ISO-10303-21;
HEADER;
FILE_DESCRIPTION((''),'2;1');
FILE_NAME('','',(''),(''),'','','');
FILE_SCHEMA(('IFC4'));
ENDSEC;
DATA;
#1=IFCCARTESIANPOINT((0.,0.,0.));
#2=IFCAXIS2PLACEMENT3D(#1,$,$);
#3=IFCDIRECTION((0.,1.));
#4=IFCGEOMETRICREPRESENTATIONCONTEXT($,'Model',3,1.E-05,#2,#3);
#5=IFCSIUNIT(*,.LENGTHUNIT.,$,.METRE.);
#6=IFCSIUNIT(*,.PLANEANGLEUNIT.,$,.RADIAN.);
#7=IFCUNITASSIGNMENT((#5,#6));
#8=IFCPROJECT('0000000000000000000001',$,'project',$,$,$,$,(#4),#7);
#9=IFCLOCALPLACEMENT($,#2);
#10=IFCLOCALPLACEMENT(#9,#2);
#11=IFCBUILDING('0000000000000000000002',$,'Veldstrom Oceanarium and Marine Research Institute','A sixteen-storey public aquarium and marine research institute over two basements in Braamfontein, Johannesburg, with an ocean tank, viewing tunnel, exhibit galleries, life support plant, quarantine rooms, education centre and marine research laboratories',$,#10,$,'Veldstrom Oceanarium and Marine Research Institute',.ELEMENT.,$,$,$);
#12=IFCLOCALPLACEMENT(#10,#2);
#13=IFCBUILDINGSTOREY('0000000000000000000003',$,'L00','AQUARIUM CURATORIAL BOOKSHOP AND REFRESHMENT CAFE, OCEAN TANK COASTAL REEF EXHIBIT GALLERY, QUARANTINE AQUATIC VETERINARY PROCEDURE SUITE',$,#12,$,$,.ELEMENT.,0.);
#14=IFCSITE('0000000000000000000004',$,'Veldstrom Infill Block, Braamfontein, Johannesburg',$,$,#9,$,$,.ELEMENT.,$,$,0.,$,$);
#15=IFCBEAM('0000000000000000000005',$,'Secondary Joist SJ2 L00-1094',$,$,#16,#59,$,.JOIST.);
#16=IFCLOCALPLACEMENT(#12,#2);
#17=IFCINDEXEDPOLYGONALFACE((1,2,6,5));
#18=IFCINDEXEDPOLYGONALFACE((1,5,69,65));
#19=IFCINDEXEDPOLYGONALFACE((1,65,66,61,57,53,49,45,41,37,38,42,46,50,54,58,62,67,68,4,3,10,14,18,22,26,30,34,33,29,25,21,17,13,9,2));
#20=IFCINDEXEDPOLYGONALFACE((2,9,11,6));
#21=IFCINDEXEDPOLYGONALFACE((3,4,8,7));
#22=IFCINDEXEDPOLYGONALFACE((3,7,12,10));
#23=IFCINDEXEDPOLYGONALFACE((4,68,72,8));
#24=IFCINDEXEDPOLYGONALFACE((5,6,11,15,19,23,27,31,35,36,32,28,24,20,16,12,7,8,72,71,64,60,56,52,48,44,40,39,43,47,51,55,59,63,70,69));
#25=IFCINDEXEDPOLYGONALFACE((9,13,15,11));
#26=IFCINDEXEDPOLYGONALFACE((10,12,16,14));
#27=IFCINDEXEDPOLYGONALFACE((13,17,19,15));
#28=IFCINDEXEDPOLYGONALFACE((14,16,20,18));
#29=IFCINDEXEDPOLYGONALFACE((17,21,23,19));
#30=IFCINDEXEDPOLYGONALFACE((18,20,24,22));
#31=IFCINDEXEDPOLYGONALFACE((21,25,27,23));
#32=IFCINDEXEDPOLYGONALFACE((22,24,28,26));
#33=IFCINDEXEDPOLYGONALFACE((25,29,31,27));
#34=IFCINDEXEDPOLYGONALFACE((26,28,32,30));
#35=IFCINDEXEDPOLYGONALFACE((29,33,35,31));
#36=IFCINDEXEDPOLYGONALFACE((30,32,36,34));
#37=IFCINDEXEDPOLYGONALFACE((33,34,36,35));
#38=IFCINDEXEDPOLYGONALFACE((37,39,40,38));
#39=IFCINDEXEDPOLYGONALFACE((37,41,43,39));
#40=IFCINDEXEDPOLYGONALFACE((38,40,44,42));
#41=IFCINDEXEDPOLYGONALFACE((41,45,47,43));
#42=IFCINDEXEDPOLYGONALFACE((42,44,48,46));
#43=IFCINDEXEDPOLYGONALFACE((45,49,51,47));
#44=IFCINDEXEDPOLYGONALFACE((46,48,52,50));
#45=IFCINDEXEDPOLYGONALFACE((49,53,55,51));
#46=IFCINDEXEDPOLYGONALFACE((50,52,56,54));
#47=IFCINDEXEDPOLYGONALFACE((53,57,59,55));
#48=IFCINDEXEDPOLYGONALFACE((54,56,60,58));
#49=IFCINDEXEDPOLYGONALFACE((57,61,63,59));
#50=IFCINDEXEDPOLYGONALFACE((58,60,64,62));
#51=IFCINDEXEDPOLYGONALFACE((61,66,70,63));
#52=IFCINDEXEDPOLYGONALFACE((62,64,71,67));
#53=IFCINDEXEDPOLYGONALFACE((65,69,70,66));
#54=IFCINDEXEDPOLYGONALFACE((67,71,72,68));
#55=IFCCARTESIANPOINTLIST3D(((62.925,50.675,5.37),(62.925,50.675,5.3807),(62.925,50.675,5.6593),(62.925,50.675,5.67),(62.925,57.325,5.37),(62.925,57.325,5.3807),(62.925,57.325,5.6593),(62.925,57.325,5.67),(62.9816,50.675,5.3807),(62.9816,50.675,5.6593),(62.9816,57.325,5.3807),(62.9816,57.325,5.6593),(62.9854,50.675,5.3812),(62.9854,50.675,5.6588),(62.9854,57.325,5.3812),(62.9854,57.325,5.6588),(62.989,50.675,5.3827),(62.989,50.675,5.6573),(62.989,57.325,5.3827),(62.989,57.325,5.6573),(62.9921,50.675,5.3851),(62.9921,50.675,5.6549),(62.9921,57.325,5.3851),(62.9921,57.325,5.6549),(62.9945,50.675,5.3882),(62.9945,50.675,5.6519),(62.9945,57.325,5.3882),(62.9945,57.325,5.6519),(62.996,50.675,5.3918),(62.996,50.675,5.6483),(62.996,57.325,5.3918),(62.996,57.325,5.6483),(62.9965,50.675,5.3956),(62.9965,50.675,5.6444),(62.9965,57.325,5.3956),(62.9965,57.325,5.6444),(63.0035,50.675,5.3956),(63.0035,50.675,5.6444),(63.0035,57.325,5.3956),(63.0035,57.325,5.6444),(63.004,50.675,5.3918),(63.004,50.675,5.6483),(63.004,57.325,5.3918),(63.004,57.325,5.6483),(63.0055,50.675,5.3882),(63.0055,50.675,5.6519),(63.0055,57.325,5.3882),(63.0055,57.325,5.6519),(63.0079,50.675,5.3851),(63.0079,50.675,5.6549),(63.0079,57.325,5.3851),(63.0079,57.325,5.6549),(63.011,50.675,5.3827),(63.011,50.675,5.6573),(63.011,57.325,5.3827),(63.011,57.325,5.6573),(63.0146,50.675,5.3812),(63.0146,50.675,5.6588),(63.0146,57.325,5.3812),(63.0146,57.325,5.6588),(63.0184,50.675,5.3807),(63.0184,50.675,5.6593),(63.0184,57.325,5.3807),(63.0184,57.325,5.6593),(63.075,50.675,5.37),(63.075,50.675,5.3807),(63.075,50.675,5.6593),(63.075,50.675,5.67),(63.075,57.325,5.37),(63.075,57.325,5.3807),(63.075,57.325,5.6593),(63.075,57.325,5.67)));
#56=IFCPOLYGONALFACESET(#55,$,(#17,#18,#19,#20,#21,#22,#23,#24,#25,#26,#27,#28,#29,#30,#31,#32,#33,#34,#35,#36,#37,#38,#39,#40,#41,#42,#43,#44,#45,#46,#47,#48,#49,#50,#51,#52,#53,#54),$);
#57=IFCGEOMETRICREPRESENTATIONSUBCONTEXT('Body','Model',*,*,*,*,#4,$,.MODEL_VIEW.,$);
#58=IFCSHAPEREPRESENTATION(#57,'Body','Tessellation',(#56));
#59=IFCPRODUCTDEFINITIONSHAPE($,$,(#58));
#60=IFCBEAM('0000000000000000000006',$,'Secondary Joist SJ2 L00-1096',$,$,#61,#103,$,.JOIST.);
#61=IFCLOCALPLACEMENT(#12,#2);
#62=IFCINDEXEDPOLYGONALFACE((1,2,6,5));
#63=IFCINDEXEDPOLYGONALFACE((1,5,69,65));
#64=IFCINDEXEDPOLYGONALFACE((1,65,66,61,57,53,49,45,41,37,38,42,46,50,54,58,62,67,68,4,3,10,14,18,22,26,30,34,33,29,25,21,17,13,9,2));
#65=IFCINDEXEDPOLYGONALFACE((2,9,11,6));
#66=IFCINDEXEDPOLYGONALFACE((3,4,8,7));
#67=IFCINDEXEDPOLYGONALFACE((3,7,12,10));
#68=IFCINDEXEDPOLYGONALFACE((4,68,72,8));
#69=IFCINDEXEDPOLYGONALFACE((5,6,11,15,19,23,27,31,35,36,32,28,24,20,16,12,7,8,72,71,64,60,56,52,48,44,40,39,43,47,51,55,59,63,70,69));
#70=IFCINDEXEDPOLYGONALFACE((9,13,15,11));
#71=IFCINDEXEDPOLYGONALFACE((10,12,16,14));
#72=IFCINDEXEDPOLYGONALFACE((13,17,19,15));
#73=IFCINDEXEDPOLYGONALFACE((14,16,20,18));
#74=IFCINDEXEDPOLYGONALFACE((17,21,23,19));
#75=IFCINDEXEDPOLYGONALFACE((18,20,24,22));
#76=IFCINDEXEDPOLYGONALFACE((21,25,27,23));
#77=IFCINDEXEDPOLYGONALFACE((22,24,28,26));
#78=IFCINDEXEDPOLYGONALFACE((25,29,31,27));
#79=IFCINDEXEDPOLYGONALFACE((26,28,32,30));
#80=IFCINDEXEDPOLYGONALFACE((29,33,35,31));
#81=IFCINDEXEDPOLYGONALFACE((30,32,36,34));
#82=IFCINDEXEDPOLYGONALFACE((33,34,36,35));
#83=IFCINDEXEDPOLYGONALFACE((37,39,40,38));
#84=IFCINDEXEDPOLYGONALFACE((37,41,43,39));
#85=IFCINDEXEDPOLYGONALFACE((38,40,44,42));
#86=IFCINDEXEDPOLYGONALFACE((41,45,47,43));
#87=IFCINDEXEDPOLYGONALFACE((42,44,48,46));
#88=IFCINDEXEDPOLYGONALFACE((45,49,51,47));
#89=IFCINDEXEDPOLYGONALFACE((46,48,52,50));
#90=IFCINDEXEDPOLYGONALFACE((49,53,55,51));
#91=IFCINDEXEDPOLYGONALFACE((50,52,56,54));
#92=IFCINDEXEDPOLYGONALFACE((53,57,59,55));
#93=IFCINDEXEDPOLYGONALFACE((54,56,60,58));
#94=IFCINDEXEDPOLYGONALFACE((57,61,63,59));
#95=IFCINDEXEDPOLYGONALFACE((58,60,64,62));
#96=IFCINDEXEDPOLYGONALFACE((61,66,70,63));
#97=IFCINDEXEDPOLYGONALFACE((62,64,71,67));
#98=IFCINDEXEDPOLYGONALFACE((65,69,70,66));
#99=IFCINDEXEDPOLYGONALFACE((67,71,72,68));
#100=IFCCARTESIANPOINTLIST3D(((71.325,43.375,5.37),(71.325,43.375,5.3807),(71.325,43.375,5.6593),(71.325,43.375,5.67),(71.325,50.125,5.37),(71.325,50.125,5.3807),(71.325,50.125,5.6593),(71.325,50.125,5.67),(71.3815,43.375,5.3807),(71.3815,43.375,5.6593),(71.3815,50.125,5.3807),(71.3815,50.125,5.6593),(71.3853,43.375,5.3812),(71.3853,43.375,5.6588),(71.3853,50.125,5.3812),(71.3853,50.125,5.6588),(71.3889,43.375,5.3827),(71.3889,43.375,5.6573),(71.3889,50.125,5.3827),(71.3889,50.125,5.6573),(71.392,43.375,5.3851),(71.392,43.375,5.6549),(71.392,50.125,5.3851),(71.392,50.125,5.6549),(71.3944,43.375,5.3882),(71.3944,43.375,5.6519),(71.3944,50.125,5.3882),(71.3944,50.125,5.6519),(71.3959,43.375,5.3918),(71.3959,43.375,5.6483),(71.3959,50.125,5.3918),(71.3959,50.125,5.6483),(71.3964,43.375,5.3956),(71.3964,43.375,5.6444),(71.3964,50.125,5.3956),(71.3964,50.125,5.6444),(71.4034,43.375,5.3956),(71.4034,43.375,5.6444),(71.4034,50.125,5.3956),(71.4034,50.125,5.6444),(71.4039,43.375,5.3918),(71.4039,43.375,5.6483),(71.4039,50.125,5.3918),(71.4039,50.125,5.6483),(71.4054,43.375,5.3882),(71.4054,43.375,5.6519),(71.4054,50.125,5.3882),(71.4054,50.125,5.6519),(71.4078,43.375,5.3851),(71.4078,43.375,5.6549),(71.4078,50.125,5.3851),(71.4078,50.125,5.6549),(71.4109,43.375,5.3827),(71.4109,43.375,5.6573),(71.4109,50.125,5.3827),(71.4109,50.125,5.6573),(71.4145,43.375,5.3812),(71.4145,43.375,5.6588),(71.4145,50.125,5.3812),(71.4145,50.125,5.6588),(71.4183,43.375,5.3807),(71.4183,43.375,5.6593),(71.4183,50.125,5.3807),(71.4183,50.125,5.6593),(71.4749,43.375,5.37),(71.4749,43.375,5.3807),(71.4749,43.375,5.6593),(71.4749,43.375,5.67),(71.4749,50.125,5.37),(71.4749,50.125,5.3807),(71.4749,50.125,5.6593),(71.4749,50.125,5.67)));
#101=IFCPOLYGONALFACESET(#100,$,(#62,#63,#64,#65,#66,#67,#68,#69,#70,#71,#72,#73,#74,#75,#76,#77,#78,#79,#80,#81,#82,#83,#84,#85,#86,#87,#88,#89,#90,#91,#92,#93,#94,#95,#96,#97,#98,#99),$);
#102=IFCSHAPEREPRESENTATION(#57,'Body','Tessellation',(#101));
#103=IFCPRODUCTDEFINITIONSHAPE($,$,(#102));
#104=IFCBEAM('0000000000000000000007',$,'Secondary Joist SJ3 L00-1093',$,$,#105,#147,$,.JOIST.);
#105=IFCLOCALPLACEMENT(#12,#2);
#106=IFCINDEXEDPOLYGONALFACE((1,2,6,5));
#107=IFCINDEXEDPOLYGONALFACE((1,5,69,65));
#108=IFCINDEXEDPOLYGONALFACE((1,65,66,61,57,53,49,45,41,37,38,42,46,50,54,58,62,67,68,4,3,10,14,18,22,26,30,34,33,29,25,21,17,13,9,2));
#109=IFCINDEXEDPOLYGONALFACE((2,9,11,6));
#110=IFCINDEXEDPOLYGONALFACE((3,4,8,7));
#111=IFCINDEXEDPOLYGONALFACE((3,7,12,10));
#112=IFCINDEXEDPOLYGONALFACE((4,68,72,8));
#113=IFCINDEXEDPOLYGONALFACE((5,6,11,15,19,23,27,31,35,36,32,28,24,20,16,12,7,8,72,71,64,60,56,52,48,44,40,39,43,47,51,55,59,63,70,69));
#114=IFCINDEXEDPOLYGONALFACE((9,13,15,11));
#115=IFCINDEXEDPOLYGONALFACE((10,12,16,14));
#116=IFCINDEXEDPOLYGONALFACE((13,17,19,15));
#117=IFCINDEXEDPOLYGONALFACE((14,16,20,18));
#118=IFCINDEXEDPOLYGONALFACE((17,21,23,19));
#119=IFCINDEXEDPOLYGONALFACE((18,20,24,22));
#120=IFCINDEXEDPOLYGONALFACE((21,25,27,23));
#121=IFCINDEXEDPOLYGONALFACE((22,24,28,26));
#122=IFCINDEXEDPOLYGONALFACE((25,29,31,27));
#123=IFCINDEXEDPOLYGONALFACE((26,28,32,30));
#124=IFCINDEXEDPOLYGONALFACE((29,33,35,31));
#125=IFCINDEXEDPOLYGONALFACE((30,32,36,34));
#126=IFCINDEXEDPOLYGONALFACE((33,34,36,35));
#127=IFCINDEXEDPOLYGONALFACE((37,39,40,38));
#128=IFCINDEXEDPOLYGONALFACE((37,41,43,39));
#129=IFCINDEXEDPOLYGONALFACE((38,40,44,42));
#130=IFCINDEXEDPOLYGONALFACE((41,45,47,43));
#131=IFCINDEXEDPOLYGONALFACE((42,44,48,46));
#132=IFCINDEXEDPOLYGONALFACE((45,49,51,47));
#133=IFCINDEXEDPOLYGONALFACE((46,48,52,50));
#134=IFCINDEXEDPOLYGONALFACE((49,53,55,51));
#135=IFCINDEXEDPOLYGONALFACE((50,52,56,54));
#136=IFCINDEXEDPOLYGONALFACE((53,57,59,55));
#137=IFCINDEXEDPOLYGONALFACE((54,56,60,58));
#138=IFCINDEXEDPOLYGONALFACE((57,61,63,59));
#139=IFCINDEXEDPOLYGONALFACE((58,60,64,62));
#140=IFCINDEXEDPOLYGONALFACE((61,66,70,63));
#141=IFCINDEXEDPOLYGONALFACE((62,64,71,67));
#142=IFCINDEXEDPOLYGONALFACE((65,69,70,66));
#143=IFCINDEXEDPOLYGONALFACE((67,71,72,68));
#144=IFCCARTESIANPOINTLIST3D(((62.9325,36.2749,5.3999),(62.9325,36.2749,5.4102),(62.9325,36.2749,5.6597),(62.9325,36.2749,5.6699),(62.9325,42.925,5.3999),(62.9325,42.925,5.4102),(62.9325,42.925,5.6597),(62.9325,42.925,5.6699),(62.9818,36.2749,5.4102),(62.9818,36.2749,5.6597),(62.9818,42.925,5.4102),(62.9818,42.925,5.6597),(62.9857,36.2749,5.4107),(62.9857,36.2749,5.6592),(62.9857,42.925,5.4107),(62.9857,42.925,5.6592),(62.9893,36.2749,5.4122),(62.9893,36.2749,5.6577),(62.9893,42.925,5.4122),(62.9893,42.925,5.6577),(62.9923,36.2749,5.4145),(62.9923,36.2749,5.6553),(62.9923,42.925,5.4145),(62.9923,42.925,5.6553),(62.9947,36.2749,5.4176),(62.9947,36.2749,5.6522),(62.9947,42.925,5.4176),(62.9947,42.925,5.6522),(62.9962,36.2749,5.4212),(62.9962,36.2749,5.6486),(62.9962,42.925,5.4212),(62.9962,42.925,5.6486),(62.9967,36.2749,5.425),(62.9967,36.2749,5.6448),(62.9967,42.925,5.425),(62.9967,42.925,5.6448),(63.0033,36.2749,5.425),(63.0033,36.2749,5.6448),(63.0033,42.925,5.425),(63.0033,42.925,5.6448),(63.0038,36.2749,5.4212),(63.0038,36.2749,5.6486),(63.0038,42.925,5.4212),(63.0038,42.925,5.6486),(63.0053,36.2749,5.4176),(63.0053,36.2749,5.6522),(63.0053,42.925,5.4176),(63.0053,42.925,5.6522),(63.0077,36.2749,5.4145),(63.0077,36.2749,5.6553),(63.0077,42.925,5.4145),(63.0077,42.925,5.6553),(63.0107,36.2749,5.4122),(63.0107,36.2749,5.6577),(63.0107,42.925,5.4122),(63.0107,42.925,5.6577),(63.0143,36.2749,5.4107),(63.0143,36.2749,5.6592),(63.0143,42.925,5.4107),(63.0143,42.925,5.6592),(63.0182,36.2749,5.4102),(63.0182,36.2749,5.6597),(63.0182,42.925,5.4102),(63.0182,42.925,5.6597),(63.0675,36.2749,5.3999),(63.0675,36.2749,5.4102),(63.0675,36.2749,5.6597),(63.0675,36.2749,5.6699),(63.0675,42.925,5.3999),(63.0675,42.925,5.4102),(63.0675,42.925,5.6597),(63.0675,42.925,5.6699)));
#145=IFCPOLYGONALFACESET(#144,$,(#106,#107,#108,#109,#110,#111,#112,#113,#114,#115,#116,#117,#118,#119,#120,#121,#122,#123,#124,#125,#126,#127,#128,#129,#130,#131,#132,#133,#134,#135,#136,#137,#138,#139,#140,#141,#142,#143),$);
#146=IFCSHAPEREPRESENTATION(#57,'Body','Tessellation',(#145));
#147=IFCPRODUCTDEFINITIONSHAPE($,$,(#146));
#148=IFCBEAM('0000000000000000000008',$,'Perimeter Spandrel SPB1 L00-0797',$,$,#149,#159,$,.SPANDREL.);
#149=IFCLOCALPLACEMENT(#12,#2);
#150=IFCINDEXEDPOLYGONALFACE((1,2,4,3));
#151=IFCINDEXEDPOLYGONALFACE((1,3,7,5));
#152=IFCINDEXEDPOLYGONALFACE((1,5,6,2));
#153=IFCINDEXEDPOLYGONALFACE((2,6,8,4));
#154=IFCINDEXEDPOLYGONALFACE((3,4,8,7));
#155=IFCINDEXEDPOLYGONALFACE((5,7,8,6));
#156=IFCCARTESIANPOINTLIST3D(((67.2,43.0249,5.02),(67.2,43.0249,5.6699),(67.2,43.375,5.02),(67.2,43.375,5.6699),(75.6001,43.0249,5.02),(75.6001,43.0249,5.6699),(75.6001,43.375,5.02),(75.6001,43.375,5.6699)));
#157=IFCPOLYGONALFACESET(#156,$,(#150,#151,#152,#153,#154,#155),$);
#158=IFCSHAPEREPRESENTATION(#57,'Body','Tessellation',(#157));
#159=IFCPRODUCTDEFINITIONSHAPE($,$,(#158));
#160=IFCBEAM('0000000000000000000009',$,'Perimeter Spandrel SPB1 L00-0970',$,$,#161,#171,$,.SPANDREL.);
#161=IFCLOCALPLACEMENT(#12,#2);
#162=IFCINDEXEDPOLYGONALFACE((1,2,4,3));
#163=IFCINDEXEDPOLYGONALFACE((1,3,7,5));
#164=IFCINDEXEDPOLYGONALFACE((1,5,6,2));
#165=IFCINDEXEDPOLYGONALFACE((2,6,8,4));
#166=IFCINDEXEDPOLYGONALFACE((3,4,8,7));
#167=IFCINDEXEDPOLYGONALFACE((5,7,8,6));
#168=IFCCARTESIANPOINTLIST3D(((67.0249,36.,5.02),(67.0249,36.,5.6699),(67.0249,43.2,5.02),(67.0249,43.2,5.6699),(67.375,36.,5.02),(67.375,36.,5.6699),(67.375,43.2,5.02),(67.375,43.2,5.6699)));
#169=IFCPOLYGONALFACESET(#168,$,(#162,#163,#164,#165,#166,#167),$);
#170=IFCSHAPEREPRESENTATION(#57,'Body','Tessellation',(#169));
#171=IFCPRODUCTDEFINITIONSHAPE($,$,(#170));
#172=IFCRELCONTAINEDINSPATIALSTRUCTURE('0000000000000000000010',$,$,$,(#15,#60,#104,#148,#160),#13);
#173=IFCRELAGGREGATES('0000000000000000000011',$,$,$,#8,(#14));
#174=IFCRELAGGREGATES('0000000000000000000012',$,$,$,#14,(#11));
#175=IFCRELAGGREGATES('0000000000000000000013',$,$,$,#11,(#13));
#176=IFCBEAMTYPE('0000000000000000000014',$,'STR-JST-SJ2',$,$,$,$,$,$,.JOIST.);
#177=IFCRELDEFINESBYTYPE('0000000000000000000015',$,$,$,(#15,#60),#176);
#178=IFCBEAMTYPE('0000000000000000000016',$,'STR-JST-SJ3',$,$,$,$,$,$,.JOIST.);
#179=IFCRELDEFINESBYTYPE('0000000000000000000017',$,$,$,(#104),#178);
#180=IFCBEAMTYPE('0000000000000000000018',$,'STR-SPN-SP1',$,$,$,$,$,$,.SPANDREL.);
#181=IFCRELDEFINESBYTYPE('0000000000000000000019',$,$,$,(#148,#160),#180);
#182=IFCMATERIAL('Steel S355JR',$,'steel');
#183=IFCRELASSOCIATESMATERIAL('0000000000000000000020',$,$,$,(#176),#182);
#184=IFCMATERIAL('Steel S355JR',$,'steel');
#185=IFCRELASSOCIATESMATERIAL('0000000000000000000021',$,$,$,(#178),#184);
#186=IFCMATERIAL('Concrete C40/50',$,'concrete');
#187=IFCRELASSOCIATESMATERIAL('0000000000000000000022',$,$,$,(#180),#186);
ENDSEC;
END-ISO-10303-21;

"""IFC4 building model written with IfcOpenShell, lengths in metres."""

from ifc_helpers import new_model, si_unit, direction, frame, origin, origin_2d, place, context, subcontext, project, spatial, rectangle, i_section, extrude, material, material_profile, profile_set, type_object, element, save


model = new_model("IFC4")

# Units and contexts
model_context = context("Model", 3, precision=1e-05, world=origin(), true_north=direction((0.0, 1.0)))
body_context = subcontext(model_context, "Body", "Model", "MODEL_VIEW")
ifc_project = project(units=[si_unit("LENGTHUNIT", "METRE"), si_unit("PLANEANGLEUNIT", "RADIAN")], contexts=[model_context])

# Site, building, storey
site_placement = place(None, origin())
site = spatial("IfcSite", under=ifc_project, at=site_placement, Name="Veldstrom Infill Block, Braamfontein, Johannesburg", CompositionType="ELEMENT", RefElevation=0.0)
building_placement = place(site_placement, origin())
building = spatial("IfcBuilding", under=site, at=building_placement, Name="Veldstrom Oceanarium and Marine Research Institute", Description="A sixteen-storey public aquarium and marine research institute over two basements in Braamfontein, Johannesburg, with an ocean tank, viewing tunnel, exhibit galleries, life support plant, quarantine rooms, education centre and marine research laboratories", LongName="Veldstrom Oceanarium and Marine Research Institute", CompositionType="ELEMENT")
storey_placement = place(building_placement, origin())
storey = spatial("IfcBuildingStorey", under=building, at=storey_placement, Name="L00", Description="AQUARIUM CURATORIAL BOOKSHOP AND REFRESHMENT CAFE, OCEAN TANK COASTAL REEF EXHIBIT GALLERY, QUARANTINE AQUATIC VETERINARY PROCEDURE SUITE", CompositionType="ELEMENT", Elevation=0.0)

# Beams
ifc_material_1 = material(Name="Steel S355JR", Category="steel")
ifc_material_profile_1 = material_profile(ifc_material_1, i_section(OverallWidth=0.1499, OverallDepth=0.3, WebThickness=0.0071, FlangeThickness=0.0107, FilletRadius=0.0149, at=origin_2d()), Name="IPE 300")
ifc_profile_set_1 = profile_set([ifc_material_profile_1], Name="Steel S355JR")
beam_type_1 = type_object("IfcBeamType", Name="STR-JST-SJ2", PredefinedType="JOIST", material=ifc_profile_set_1)
beam_1_placement = place(storey_placement, frame((63.0, 50.675, 5.52), z_axis=(0.0, 1.0, 0.0), x_axis=(-1.0, 0.0, 0.0)))
element("IfcBeam", 1, at=beam_1_placement, inside=storey, type_object=beam_type_1, Name="Secondary Joist SJ2 L00-1094", PredefinedType="JOIST", context=body_context, shape_type="SweptSolid", body=[
    extrude(i_section(OverallWidth=0.1499, OverallDepth=0.3, WebThickness=0.0071, FlangeThickness=0.0107, FilletRadius=0.0149, at=origin_2d()), origin(), (0.0, 0.0, 1.0), 6.6499),
])
beam_2_placement = place(storey_placement, frame((71.3999, 43.375, 5.52), z_axis=(0.0, 1.0, 0.0), x_axis=(-1.0, 0.0, 0.0)))
element("IfcBeam", 2, at=beam_2_placement, inside=storey, type_object=beam_type_1, Name="Secondary Joist SJ2 L00-1096", PredefinedType="JOIST", context=body_context, shape_type="SweptSolid", body=[
    extrude(i_section(OverallWidth=0.1499, OverallDepth=0.3, WebThickness=0.0071, FlangeThickness=0.0107, FilletRadius=0.0149, at=origin_2d()), origin(), (0.0, 0.0, 1.0), 6.75),
])
ifc_material_2 = material(Name="Steel S355JR", Category="steel")
ifc_material_profile_2 = material_profile(ifc_material_2, i_section(OverallWidth=0.135, OverallDepth=0.27, WebThickness=0.0066, FlangeThickness=0.0103, FilletRadius=0.0149, at=origin_2d()), Name="IPE 270")
ifc_profile_set_2 = profile_set([ifc_material_profile_2], Name="Steel S355JR")
beam_type_2 = type_object("IfcBeamType", Name="STR-JST-SJ3", PredefinedType="JOIST", material=ifc_profile_set_2)
beam_3_placement = place(storey_placement, frame((63.0, 36.2749, 5.5349), z_axis=(0.0, 1.0, 0.0), x_axis=(-1.0, 0.0, 0.0)))
element("IfcBeam", 3, at=beam_3_placement, inside=storey, type_object=beam_type_2, Name="Secondary Joist SJ3 L00-1093", PredefinedType="JOIST", context=body_context, shape_type="SweptSolid", body=[
    extrude(i_section(OverallWidth=0.135, OverallDepth=0.27, WebThickness=0.0066, FlangeThickness=0.0103, FilletRadius=0.0149, at=origin_2d()), origin(), (0.0, 0.0, 1.0), 6.6501),
])
ifc_material_3 = material(Name="Concrete C40/50", Category="concrete")
ifc_material_profile_3 = material_profile(ifc_material_3, rectangle(XDim=0.3501, YDim=0.6499, at=origin_2d()), Name="RC-SPN-350x650")
ifc_profile_set_3 = profile_set([ifc_material_profile_3], Name="Concrete C40/50")
beam_type_3 = type_object("IfcBeamType", Name="STR-SPN-SP1", PredefinedType="SPANDREL", material=ifc_profile_set_3)
beam_4_placement = place(storey_placement, frame((67.2, 43.2, 5.345), z_axis=(1.0, 0.0, 0.0), x_axis=(0.0, 1.0, 0.0)))
element("IfcBeam", 4, at=beam_4_placement, inside=storey, type_object=beam_type_3, Name="Perimeter Spandrel SPB1 L00-0797", PredefinedType="SPANDREL", context=body_context, shape_type="SweptSolid", body=[
    extrude(rectangle(XDim=0.3501, YDim=0.6499, at=origin_2d()), origin(), (0.0, 0.0, 1.0), 8.4001),
])
beam_5_placement = place(storey_placement, frame((67.2, 36.0, 5.345), z_axis=(0.0, 1.0, 0.0), x_axis=(-1.0, 0.0, 0.0)))
element("IfcBeam", 5, at=beam_5_placement, inside=storey, type_object=beam_type_3, Name="Perimeter Spandrel SPB1 L00-0970", PredefinedType="SPANDREL", context=body_context, shape_type="SweptSolid", body=[
    extrude(rectangle(XDim=0.3501, YDim=0.6499, at=origin_2d()), origin(), (0.0, 0.0, 1.0), 7.2),
])

save(model, "model.ifc")
